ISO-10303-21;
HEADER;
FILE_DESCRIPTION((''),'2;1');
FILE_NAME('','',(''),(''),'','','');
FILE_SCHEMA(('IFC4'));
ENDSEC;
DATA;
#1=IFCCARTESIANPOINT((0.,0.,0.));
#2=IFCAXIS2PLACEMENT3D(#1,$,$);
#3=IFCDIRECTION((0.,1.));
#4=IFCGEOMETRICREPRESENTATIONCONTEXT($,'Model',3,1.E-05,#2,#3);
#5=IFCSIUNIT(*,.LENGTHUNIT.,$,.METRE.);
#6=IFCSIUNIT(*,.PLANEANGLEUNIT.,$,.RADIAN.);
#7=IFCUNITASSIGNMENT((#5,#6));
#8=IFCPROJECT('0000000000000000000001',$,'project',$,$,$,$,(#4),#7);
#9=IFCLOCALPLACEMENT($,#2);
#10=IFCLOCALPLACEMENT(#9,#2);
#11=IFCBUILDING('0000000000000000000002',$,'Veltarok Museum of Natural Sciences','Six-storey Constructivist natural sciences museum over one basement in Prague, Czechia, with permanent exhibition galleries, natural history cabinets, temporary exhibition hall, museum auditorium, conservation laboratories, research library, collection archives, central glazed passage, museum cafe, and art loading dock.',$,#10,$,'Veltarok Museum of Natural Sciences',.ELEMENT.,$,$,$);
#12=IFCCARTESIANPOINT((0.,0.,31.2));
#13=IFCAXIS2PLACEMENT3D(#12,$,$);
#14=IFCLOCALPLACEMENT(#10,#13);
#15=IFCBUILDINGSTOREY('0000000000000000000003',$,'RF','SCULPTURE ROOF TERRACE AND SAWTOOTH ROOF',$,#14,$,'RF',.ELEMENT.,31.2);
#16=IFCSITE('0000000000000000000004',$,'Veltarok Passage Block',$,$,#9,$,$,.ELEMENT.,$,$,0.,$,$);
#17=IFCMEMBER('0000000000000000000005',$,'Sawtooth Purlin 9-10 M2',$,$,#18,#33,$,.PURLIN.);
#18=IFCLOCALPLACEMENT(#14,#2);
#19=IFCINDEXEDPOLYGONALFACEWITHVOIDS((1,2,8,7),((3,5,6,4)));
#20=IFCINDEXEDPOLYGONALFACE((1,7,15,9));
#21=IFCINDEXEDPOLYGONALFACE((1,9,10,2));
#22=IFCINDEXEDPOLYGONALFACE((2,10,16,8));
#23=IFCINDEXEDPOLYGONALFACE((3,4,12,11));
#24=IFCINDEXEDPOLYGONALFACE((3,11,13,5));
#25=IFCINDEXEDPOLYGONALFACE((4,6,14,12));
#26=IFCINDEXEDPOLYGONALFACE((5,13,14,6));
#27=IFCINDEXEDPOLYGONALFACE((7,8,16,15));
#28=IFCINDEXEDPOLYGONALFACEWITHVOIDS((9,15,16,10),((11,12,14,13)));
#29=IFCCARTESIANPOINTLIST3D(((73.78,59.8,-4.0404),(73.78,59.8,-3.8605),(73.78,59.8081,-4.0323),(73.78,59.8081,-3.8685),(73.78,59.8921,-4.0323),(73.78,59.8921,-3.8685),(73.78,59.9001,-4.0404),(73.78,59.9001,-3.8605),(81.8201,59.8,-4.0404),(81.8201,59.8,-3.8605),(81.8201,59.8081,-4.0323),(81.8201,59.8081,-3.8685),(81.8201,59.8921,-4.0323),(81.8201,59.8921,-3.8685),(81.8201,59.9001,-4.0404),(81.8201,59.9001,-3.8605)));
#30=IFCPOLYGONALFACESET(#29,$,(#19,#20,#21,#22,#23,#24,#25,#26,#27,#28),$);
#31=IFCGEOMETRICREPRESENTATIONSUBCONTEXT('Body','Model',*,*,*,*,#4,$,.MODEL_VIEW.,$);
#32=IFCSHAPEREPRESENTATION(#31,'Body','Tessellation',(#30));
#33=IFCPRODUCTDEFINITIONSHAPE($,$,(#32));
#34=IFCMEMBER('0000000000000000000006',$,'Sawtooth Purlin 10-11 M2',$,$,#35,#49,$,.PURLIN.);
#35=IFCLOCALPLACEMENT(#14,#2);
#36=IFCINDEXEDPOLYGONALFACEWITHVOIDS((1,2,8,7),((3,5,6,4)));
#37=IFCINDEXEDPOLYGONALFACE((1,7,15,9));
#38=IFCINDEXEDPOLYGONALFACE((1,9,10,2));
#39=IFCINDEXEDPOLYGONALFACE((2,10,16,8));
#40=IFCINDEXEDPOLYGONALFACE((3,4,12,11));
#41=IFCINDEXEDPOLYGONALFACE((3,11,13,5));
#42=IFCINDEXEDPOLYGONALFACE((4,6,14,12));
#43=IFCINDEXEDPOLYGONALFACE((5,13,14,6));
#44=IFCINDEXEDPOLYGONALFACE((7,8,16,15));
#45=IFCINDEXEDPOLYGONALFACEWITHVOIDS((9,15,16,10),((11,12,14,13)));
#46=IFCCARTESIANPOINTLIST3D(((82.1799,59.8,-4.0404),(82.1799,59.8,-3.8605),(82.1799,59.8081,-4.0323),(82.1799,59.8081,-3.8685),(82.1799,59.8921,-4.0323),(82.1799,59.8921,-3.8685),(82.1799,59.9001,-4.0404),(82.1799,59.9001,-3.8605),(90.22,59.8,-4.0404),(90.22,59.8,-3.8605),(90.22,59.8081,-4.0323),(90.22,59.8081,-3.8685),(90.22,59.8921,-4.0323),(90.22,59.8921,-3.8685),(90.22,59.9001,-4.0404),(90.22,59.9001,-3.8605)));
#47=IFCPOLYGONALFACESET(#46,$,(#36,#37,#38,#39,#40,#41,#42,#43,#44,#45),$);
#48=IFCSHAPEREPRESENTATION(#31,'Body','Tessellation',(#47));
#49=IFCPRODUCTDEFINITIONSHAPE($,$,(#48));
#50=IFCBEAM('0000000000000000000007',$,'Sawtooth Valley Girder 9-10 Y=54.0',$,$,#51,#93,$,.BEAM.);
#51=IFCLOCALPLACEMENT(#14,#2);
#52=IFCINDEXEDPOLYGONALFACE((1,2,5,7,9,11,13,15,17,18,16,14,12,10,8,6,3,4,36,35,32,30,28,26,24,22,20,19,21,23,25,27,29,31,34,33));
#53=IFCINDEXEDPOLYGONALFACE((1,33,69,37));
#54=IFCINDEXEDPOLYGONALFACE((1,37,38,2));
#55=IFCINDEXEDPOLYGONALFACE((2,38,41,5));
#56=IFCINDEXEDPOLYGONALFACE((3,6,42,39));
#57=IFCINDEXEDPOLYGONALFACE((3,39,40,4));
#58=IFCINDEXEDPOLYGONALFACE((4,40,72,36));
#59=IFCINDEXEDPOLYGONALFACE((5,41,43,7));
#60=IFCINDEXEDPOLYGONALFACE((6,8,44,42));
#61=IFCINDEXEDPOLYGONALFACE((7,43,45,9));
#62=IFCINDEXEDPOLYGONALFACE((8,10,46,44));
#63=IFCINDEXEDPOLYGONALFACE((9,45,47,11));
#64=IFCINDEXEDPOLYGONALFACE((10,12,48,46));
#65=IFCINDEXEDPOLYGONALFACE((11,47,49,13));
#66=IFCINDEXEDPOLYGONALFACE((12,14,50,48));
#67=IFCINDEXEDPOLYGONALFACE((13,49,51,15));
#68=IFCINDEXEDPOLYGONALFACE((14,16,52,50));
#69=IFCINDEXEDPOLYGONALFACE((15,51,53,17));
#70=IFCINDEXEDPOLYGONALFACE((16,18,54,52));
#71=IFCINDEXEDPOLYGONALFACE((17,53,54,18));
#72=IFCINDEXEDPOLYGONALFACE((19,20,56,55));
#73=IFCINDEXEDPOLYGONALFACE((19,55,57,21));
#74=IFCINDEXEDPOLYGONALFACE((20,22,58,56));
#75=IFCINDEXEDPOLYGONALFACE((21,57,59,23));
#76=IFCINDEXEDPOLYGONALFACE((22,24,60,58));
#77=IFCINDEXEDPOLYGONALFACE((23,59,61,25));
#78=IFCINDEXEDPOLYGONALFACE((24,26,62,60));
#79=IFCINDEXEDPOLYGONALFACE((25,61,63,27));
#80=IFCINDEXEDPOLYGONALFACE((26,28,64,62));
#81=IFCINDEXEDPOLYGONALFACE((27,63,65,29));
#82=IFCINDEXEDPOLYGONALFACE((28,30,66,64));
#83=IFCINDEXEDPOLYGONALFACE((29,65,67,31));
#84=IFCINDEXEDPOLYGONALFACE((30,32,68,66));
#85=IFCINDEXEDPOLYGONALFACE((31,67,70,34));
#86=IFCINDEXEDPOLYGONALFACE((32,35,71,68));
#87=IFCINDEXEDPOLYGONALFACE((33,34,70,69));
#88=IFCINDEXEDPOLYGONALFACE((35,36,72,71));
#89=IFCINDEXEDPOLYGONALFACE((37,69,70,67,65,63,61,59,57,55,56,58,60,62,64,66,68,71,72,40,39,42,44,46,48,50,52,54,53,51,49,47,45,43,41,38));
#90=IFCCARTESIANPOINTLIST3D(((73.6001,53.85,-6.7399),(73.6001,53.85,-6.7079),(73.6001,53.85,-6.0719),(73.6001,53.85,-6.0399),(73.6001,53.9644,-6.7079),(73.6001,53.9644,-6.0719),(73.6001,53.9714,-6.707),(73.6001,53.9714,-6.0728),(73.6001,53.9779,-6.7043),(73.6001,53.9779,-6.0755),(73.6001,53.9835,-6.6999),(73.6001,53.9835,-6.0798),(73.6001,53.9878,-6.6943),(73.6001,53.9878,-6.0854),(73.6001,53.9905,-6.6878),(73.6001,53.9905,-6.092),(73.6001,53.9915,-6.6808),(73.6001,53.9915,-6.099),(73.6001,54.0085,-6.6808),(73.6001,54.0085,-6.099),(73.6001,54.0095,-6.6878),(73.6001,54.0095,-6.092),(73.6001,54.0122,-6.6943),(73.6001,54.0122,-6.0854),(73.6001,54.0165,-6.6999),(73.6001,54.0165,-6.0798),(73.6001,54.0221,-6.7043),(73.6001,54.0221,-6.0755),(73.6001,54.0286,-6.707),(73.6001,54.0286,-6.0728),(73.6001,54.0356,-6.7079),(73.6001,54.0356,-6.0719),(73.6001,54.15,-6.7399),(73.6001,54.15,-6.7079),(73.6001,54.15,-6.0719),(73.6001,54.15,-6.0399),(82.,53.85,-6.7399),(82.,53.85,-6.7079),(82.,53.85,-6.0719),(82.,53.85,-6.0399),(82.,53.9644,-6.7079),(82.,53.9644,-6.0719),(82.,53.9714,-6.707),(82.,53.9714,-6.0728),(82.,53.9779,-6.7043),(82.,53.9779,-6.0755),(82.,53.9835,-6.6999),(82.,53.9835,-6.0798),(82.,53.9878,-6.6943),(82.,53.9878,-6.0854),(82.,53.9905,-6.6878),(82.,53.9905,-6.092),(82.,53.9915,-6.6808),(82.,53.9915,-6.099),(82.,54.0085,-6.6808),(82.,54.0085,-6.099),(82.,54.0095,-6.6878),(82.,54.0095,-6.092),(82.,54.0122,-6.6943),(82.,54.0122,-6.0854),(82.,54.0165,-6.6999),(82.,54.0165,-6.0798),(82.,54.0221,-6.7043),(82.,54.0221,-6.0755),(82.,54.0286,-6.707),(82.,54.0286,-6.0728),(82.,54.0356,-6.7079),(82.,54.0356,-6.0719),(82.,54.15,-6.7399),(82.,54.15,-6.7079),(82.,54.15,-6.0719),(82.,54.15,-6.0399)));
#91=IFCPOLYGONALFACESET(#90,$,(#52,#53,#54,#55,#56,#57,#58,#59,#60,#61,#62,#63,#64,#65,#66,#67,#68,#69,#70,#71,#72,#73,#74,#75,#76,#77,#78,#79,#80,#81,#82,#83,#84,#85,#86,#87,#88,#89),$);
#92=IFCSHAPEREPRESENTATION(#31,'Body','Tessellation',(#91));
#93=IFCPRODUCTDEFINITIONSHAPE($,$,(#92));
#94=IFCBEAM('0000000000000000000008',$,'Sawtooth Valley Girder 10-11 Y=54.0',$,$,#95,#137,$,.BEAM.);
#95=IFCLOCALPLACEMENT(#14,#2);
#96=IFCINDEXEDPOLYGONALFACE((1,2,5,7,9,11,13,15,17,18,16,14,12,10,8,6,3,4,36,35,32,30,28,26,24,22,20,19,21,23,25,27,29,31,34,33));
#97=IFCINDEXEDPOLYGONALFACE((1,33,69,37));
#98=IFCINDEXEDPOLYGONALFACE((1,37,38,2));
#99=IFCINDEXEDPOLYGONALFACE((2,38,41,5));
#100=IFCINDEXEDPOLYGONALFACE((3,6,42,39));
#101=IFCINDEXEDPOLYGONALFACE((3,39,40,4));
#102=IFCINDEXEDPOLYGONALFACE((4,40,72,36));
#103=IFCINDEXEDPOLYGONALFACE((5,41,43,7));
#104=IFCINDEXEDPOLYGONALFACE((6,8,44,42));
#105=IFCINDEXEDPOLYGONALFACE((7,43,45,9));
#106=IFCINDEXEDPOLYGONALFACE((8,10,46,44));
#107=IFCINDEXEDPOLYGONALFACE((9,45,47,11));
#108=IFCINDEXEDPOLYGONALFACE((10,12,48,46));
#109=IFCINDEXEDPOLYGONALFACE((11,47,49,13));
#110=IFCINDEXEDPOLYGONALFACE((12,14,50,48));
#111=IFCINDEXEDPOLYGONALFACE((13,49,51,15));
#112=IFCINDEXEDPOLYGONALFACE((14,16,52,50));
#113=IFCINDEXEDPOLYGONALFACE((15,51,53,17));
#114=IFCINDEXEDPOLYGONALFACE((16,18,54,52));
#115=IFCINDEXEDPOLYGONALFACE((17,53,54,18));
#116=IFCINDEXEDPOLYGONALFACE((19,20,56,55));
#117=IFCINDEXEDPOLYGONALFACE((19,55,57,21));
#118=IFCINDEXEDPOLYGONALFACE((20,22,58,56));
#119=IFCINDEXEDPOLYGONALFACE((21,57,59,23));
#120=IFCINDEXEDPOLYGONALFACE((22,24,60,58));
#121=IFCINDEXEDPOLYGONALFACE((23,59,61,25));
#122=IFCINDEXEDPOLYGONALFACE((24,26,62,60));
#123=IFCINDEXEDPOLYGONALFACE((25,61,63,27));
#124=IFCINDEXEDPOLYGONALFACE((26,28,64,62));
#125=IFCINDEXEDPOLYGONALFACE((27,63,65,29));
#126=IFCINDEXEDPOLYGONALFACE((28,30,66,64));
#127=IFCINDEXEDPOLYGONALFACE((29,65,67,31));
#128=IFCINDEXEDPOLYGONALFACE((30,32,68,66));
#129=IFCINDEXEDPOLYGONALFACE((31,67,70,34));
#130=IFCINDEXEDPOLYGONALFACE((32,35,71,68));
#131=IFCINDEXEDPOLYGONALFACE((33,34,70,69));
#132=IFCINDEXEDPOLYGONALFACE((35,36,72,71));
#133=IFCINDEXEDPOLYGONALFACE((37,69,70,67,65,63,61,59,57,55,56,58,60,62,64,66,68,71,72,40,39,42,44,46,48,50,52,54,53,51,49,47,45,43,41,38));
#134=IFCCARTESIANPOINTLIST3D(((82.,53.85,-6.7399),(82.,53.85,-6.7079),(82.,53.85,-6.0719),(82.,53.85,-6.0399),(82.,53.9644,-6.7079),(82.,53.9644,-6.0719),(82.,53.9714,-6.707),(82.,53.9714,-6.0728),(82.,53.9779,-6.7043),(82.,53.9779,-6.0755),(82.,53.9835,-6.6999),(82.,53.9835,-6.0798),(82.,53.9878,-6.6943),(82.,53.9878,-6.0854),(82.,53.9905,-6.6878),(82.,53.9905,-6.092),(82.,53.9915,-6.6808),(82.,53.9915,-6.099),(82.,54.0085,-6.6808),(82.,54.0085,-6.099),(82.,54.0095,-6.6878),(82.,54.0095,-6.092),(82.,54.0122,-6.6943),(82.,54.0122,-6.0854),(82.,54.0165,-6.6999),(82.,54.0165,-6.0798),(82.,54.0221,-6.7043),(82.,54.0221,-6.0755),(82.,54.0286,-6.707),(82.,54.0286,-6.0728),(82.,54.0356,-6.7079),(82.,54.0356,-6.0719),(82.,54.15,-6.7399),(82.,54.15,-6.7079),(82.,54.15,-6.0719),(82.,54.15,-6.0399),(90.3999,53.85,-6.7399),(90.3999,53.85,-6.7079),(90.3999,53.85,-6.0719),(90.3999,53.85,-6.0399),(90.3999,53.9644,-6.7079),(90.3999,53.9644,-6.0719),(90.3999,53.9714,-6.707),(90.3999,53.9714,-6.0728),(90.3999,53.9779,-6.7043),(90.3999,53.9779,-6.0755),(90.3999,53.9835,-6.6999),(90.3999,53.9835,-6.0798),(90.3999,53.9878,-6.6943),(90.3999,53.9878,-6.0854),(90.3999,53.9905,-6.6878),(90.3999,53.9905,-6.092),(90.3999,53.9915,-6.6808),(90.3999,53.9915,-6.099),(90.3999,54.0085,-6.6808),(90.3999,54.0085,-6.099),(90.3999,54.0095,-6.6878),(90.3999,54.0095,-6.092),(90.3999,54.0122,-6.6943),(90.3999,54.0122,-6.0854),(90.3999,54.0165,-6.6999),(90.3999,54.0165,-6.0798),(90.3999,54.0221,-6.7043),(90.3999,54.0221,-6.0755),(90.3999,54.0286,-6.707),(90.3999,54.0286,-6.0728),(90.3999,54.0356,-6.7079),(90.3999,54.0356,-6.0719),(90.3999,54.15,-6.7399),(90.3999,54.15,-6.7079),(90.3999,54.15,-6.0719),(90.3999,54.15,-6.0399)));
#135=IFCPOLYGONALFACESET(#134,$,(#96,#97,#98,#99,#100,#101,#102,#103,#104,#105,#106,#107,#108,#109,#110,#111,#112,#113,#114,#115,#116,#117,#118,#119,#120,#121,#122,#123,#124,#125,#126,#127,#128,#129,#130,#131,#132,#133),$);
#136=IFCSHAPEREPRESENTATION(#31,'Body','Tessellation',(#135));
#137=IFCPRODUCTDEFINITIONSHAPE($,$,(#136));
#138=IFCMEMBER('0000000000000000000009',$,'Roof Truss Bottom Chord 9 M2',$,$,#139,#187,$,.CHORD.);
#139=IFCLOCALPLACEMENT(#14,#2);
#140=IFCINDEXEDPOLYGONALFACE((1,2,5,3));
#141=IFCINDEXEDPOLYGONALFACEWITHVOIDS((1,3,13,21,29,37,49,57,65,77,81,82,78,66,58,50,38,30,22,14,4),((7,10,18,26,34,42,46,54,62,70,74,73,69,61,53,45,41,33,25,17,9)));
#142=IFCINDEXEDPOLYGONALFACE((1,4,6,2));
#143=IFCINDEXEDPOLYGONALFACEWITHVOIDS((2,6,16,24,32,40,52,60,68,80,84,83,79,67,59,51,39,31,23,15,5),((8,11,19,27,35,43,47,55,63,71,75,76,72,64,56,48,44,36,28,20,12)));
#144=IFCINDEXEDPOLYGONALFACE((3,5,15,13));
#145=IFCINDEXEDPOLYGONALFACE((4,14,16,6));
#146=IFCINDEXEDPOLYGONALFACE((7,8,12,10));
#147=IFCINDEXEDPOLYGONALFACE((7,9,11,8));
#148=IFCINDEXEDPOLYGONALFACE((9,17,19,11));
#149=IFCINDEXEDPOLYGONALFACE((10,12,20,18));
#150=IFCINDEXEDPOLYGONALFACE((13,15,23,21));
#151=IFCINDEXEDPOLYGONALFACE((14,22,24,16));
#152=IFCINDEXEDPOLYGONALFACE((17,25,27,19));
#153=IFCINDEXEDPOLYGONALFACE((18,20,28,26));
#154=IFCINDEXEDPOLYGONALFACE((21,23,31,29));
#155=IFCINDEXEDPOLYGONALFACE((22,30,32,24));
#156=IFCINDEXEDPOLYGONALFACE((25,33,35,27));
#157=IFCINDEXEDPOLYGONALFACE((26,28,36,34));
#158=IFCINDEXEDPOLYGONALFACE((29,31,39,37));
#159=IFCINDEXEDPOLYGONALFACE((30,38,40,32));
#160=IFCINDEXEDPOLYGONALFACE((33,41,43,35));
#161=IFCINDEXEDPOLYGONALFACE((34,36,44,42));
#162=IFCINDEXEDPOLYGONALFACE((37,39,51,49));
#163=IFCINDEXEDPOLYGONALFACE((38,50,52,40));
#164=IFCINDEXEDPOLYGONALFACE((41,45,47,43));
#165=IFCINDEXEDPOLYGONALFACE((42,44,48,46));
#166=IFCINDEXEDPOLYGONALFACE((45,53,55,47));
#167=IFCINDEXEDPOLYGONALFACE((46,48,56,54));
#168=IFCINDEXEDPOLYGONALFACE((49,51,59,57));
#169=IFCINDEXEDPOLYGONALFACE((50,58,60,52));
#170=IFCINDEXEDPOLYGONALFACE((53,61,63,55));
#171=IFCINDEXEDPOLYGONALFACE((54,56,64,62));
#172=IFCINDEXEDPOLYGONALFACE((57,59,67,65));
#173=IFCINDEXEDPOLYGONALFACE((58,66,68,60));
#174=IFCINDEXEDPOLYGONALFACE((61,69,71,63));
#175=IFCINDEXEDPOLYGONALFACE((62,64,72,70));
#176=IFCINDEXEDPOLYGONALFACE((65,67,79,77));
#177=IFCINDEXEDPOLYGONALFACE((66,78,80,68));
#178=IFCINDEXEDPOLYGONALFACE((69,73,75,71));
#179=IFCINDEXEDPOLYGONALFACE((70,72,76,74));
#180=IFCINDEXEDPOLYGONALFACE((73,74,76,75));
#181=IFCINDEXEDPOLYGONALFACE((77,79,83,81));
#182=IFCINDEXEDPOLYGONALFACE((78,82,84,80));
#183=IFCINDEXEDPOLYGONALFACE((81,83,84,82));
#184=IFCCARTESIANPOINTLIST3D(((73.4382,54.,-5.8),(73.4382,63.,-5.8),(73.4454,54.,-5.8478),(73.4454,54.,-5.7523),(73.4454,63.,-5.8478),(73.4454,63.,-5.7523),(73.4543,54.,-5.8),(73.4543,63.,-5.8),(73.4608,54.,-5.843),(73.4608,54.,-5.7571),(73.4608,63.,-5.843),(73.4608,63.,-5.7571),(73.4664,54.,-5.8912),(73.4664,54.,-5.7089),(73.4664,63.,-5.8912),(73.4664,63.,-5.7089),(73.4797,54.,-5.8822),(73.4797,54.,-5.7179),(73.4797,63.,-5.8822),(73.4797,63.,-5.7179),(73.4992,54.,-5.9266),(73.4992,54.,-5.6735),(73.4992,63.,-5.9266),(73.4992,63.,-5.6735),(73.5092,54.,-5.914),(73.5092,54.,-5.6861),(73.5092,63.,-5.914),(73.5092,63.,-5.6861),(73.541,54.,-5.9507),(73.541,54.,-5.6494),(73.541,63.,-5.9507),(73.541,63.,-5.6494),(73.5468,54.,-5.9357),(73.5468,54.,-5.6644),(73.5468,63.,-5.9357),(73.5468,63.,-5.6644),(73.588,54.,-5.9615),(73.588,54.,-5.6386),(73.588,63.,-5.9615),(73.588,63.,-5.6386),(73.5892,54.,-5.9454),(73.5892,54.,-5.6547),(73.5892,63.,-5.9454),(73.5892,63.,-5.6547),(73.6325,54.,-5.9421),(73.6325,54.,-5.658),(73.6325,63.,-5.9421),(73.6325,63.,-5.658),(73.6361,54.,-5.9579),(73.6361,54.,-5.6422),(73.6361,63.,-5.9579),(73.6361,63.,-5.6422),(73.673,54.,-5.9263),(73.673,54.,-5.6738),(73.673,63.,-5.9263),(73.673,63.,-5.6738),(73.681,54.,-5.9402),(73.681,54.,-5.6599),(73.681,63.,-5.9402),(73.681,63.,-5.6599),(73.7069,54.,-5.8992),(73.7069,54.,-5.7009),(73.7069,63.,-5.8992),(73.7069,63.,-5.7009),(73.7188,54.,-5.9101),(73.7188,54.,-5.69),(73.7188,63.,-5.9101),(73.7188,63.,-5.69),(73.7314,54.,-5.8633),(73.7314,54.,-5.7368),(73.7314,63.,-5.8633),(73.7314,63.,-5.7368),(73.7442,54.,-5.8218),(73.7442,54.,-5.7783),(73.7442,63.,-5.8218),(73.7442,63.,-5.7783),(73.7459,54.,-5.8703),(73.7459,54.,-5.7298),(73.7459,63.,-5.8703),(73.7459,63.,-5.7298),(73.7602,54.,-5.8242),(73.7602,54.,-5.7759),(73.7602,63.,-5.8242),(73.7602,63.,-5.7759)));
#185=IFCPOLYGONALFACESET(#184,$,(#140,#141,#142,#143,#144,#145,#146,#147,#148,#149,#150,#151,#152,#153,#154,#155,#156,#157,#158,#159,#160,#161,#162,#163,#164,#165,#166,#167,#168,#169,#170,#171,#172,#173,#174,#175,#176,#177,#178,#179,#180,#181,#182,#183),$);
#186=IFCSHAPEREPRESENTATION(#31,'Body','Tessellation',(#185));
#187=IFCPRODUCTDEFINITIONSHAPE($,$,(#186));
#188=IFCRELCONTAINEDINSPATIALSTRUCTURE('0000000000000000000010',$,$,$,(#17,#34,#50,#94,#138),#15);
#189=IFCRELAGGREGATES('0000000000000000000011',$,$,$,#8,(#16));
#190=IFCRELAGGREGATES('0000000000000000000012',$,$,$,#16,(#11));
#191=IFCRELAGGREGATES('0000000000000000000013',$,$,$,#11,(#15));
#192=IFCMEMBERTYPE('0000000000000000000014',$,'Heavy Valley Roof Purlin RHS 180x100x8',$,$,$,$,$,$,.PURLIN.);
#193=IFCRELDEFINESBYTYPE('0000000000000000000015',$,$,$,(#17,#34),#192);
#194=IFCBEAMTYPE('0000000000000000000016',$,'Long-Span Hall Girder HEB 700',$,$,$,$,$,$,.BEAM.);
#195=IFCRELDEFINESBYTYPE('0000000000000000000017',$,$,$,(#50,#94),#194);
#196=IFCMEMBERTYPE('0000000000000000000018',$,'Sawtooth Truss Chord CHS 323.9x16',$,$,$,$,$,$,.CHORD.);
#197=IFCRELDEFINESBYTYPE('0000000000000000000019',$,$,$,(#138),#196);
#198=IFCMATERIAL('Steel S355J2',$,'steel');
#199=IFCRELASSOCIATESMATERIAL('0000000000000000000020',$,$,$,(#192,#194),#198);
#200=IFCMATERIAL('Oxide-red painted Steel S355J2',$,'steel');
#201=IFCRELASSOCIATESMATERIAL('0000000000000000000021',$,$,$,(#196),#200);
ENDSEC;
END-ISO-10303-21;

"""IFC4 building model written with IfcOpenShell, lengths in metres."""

from ifc_helpers import new_model, si_unit, direction, frame, origin, origin_2d, place, context, subcontext, project, spatial, hollow_rectangle, hollow_circle, i_section, extrude, material, material_profile, profile_set, type_object, element, save


model = new_model("IFC4")

# Units and contexts
model_context = context("Model", 3, precision=1e-05, world=origin(), true_north=direction((0.0, 1.0)))
body_context = subcontext(model_context, "Body", "Model", "MODEL_VIEW")
ifc_project = project(units=[si_unit("LENGTHUNIT", "METRE"), si_unit("PLANEANGLEUNIT", "RADIAN")], contexts=[model_context])

# Site, building, storey
site_placement = place(None, origin())
site = spatial("IfcSite", under=ifc_project, at=site_placement, Name="Veltarok Passage Block", CompositionType="ELEMENT", RefElevation=0.0)
building_placement = place(site_placement, origin())
building = spatial("IfcBuilding", under=site, at=building_placement, Name="Veltarok Museum of Natural Sciences", Description="Six-storey Constructivist natural sciences museum over one basement in Prague, Czechia, with permanent exhibition galleries, natural history cabinets, temporary exhibition hall, museum auditorium, conservation laboratories, research library, collection archives, central glazed passage, museum cafe, and art loading dock.", LongName="Veltarok Museum of Natural Sciences", CompositionType="ELEMENT")
storey_placement = place(building_placement, frame((0.0, 0.0, 31.2)))
storey = spatial("IfcBuildingStorey", under=building, at=storey_placement, Name="RF", Description="SCULPTURE ROOF TERRACE AND SAWTOOTH ROOF", LongName="RF", CompositionType="ELEMENT", Elevation=31.2)

# Members
ifc_material_1 = material(Name="Steel S355J2", Category="steel")
ifc_material_profile_1 = material_profile(ifc_material_1, hollow_rectangle(XDim=0.1001, YDim=0.1799, WallThickness=0.0081, at=origin_2d()), Name="RHS 180x100x8")
ifc_profile_set_1 = profile_set([ifc_material_profile_1], Name="Steel S355J2")
member_type_1 = type_object("IfcMemberType", Name="Heavy Valley Roof Purlin RHS 180x100x8", PredefinedType="PURLIN", material=ifc_profile_set_1)
for number, where, z_axis, x_axis, name in (
    (1, (73.78, 59.8501, -3.9504), (1.0, 0.0, 0.0), (0.0, 1.0, 0.0), "Sawtooth Purlin 9-10 M2"),
    (2, (82.1799, 59.8501, -3.9504), (1.0, 0.0, 0.0), (0.0, 1.0, 0.0), "Sawtooth Purlin 10-11 M2"),
):
    element("IfcMember", number, at=place(storey_placement, frame(where, z_axis=z_axis, x_axis=x_axis)), inside=storey, type_object=member_type_1, Name=name, PredefinedType="PURLIN", context=body_context, shape_type="SweptSolid", body=[
        extrude(hollow_rectangle(XDim=0.1001, YDim=0.1799, WallThickness=0.0081, at=origin_2d()), origin(), (0.0, 0.0, 1.0), 8.04),
    ])

# Beams
ifc_material_profile_2 = material_profile(ifc_material_1, i_section(OverallWidth=0.3, OverallDepth=0.7, WebThickness=0.0171, FlangeThickness=0.032, FilletRadius=0.0271, at=origin_2d()), Name="HEB 700")
ifc_profile_set_2 = profile_set([ifc_material_profile_2], Name="Steel S355J2")
beam_type = type_object("IfcBeamType", Name="Long-Span Hall Girder HEB 700", PredefinedType="BEAM", material=ifc_profile_set_2)
for number, where, z_axis, x_axis, name in (
    (3, (73.6001, 54.0, -6.3899), (1.0, 0.0, 0.0), (0.0, 1.0, 0.0), "Sawtooth Valley Girder 9-10 Y=54.0"),
    (4, (82.0, 54.0, -6.3899), (1.0, 0.0, 0.0), (0.0, 1.0, 0.0), "Sawtooth Valley Girder 10-11 Y=54.0"),
):
    element("IfcBeam", number, at=place(storey_placement, frame(where, z_axis=z_axis, x_axis=x_axis)), inside=storey, type_object=beam_type, Name=name, PredefinedType="BEAM", context=body_context, shape_type="SweptSolid", body=[
        extrude(i_section(OverallWidth=0.3, OverallDepth=0.7, WebThickness=0.0171, FlangeThickness=0.032, FilletRadius=0.0271, at=origin_2d()), origin(), (0.0, 0.0, 1.0), 8.3999),
    ])

# Member
ifc_material_2 = material(Name="Oxide-red painted Steel S355J2", Category="steel")
ifc_material_profile_3 = material_profile(ifc_material_2, hollow_circle(Radius=0.1619, WallThickness=0.0161, at=origin_2d()), Name="CHS 323.9x16")
ifc_profile_set_3 = profile_set([ifc_material_profile_3], Name="Oxide-red painted Steel S355J2")
member_type_2 = type_object("IfcMemberType", Name="Sawtooth Truss Chord CHS 323.9x16", PredefinedType="CHORD", material=ifc_profile_set_3)
for number, where, z_axis, x_axis, name in (
    (5, (73.6001, 54.0, -5.8), (0.0, 1.0, 0.0), (-1.0, 0.0, 0.0), "Roof Truss Bottom Chord 9 M2"),
):
    element("IfcMember", number, at=place(storey_placement, frame(where, z_axis=z_axis, x_axis=x_axis)), inside=storey, type_object=member_type_2, Name=name, PredefinedType="CHORD", context=body_context, shape_type="SweptSolid", body=[
        extrude(hollow_circle(Radius=0.1619, WallThickness=0.0161, at=origin_2d()), origin(), (0.0, 0.0, 1.0), 9.0),
    ])

save(model, "model.ifc")
